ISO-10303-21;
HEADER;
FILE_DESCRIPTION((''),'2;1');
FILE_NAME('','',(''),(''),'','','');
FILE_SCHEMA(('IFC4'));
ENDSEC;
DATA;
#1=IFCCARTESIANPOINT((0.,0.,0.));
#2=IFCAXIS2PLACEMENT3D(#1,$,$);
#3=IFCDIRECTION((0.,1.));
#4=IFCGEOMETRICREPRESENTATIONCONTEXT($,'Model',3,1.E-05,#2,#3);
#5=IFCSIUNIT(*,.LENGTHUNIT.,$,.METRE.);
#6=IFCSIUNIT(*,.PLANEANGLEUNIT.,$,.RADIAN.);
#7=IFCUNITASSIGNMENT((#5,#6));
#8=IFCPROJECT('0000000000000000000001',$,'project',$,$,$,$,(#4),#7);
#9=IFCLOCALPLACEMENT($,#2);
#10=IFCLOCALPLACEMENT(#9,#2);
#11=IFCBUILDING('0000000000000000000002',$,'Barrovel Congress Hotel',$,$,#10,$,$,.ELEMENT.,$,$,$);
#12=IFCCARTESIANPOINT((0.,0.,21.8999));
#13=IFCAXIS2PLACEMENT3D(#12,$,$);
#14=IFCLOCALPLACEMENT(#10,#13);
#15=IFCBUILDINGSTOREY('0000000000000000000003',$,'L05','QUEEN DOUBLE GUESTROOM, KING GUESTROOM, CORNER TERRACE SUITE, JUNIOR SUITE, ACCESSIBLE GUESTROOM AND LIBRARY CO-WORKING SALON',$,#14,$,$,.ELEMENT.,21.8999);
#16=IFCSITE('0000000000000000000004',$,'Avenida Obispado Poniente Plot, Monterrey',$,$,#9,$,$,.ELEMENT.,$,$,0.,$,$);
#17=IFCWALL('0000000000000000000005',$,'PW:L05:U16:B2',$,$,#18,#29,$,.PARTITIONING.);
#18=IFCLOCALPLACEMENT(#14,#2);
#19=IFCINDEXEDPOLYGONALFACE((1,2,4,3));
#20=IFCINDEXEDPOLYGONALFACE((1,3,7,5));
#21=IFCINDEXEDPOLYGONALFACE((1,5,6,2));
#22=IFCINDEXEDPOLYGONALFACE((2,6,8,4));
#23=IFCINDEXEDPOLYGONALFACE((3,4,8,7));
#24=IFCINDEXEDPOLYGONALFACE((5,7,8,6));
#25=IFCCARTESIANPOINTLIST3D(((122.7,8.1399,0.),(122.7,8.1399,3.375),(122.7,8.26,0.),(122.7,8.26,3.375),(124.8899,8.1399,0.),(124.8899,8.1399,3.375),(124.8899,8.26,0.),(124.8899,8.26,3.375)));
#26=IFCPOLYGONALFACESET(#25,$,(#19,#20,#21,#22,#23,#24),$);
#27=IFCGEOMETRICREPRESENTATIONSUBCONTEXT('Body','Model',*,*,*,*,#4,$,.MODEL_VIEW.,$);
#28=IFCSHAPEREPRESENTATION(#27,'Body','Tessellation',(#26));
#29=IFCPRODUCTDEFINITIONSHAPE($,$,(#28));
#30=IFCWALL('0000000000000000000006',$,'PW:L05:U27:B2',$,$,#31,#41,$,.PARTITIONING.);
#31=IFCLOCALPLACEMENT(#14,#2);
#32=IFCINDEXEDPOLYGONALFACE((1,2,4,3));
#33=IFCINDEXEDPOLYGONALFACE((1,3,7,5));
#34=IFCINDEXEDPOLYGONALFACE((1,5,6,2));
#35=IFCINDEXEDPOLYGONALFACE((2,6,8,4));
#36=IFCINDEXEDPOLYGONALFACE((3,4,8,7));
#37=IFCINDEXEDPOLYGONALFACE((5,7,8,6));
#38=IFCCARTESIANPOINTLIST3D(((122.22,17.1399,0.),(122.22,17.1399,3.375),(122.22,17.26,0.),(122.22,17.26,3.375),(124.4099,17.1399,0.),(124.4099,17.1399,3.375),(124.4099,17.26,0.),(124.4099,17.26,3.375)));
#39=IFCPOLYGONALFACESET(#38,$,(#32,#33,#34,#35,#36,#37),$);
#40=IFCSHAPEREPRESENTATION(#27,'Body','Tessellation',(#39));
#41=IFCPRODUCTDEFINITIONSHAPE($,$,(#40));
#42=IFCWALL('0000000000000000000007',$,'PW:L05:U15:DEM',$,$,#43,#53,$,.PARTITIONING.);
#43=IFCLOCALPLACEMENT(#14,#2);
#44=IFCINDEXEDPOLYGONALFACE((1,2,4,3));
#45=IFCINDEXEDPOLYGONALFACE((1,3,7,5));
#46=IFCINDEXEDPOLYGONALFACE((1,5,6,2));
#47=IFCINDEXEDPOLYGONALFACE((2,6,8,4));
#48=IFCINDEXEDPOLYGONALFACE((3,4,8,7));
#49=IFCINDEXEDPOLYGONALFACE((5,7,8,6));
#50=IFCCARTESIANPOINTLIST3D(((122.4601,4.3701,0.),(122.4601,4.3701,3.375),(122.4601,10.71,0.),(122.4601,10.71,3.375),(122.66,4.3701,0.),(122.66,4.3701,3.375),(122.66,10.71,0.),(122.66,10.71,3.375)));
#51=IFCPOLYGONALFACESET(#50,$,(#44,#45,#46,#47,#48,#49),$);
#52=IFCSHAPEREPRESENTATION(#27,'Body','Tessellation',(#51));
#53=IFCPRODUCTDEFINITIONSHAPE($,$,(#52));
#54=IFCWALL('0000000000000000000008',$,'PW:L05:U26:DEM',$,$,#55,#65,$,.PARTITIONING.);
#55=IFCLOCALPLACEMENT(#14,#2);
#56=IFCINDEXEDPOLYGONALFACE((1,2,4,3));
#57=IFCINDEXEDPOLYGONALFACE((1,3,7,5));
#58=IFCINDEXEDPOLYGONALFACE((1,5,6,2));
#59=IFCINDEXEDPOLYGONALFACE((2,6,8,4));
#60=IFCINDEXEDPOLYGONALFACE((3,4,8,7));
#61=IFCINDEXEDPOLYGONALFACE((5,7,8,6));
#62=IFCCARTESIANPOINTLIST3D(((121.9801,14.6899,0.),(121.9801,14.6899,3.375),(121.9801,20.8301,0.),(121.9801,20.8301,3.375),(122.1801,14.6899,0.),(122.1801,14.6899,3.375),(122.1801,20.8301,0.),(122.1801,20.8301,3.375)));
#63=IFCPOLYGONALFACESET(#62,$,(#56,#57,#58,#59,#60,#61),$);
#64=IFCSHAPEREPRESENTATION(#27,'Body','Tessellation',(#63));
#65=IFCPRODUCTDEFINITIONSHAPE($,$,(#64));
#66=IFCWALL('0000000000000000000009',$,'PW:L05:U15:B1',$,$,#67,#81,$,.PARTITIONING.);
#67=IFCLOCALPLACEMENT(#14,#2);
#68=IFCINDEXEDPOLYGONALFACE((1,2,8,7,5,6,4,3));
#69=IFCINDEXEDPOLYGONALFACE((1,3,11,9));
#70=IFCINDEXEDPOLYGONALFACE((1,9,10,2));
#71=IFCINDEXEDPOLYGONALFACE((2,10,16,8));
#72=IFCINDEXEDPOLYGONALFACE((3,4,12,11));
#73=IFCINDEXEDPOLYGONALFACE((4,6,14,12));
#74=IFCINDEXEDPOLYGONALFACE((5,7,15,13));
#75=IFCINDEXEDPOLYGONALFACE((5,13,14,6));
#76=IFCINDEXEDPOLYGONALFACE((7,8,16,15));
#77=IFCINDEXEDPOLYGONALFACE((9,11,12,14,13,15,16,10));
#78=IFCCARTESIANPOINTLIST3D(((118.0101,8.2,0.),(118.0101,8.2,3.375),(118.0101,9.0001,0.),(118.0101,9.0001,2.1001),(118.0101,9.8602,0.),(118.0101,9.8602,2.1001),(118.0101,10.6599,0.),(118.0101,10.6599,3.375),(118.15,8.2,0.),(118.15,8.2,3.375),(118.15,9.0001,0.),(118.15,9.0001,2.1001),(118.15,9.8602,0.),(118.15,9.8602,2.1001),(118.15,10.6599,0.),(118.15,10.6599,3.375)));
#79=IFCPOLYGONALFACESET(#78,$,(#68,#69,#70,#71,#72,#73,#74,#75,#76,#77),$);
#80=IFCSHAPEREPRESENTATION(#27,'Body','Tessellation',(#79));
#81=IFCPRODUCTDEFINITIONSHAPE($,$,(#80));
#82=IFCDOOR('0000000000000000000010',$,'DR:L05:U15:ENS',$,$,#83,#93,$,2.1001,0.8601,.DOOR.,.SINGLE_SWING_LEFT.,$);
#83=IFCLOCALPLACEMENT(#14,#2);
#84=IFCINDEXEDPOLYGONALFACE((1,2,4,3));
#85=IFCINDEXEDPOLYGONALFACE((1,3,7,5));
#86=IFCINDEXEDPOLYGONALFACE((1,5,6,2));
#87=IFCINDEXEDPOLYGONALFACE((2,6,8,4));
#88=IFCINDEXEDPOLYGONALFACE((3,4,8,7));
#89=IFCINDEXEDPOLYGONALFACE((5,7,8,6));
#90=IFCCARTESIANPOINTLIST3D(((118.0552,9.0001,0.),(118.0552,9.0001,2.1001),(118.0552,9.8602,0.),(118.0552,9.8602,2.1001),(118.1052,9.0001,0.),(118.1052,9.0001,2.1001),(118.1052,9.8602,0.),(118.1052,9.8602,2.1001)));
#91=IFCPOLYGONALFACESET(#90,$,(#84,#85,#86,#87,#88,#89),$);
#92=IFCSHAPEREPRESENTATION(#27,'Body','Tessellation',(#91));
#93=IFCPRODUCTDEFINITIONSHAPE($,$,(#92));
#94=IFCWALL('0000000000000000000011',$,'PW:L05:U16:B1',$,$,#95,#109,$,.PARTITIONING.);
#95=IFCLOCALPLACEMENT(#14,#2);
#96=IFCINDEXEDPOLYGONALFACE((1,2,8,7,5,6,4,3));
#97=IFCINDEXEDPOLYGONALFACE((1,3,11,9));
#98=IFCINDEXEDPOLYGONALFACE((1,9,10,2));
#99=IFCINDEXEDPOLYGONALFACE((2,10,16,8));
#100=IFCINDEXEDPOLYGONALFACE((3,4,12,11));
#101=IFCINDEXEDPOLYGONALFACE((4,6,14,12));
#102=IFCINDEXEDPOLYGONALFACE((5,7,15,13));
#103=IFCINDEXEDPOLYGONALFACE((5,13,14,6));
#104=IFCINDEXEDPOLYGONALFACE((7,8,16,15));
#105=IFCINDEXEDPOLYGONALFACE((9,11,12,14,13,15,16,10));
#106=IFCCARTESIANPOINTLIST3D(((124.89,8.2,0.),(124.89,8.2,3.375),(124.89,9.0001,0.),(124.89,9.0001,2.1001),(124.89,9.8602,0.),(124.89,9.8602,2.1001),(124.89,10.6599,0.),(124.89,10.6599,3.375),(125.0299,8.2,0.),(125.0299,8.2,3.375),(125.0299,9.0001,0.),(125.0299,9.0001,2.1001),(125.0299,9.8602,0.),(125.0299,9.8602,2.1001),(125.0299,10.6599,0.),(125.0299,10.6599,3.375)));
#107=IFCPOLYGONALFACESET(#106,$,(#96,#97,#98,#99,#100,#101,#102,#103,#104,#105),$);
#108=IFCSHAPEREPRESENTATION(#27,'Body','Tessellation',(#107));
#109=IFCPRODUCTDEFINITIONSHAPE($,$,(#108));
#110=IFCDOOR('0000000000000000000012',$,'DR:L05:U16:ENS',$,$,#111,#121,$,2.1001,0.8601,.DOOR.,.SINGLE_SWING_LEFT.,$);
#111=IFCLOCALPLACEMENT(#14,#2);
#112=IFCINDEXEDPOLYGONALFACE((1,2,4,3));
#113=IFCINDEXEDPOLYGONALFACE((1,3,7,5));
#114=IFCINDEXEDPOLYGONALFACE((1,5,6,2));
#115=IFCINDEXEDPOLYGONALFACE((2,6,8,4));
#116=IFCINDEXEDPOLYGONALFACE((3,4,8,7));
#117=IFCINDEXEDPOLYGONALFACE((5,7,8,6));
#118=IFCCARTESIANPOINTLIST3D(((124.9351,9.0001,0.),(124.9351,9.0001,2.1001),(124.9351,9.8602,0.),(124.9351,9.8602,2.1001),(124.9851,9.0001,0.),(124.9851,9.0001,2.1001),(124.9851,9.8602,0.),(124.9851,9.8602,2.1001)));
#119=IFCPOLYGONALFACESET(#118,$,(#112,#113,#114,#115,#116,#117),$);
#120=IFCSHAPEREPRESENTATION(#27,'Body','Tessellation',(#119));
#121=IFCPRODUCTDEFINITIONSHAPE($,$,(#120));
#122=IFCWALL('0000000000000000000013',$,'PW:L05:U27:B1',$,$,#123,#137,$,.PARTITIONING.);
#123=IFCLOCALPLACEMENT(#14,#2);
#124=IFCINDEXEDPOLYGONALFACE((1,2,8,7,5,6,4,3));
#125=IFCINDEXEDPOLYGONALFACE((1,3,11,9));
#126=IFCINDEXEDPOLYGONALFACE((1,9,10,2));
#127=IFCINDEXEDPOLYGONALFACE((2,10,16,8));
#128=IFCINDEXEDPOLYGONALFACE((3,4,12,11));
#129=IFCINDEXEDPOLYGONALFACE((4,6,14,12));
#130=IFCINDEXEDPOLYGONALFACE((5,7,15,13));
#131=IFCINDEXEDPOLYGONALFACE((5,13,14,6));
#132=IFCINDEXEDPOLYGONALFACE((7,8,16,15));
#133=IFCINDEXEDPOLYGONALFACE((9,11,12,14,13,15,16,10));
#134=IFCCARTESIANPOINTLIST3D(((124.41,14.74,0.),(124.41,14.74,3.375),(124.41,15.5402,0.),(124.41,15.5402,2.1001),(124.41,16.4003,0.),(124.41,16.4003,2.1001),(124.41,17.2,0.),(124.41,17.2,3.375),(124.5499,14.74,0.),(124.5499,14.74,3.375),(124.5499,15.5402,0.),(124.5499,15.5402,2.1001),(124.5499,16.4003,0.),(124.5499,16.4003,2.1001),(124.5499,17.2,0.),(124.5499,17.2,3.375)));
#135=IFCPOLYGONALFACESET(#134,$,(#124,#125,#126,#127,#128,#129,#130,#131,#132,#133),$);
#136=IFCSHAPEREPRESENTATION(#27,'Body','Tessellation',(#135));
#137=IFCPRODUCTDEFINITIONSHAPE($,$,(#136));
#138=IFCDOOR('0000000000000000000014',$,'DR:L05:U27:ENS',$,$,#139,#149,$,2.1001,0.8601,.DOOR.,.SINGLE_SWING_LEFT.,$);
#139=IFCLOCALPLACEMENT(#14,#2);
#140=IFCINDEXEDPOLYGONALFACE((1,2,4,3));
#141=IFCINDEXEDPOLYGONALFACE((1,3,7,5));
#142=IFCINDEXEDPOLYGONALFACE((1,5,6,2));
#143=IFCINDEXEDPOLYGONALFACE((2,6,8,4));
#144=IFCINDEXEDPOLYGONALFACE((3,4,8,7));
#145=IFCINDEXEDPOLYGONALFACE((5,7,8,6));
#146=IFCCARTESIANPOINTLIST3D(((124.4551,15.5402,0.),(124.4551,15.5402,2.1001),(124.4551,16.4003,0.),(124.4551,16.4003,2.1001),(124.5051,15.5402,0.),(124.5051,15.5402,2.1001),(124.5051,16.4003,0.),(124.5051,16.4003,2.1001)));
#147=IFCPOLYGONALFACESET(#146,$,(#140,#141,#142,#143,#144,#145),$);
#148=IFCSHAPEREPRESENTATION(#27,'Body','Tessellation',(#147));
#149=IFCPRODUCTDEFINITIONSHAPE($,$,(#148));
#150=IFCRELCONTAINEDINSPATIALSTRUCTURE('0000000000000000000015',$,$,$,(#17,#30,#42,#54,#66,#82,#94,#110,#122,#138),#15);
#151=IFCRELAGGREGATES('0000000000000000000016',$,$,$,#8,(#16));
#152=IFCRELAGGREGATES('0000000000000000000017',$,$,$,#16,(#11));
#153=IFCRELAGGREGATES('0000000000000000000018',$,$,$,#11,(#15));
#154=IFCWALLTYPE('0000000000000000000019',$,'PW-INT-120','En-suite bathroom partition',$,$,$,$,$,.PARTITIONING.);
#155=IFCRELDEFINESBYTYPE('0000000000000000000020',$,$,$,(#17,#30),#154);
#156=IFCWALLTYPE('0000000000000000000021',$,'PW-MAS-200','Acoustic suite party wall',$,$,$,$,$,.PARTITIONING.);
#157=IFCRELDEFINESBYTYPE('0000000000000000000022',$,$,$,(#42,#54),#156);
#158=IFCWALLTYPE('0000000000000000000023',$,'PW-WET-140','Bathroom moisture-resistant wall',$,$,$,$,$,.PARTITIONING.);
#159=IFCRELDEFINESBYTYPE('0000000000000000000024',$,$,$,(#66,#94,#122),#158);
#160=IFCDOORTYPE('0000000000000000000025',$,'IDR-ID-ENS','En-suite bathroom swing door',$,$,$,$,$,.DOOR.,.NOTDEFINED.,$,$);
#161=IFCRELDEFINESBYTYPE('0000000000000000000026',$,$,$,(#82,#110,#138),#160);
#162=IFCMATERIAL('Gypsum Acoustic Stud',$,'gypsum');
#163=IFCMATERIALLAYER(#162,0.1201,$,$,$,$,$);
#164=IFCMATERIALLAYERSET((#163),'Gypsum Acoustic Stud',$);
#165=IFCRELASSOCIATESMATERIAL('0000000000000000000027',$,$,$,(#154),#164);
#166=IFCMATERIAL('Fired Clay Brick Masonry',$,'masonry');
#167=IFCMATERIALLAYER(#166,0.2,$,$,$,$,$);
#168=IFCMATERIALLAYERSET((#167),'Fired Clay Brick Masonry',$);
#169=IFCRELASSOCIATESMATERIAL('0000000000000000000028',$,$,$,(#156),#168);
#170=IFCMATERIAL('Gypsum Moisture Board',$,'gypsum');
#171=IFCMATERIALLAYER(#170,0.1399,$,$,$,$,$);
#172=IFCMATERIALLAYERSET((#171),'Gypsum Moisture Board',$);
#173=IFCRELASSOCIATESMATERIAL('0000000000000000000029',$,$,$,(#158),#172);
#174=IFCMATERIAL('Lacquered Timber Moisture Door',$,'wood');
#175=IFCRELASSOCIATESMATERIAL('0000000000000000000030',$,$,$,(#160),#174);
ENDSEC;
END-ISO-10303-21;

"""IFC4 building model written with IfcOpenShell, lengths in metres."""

from ifc_helpers import new_model, si_unit, direction, frame, frame_2d, origin, place, context, subcontext, project, spatial, rectangle, extrude, material, layer, layer_set, type_object, element, fill, save


model = new_model("IFC4")

# Units and contexts
model_context = context("Model", 3, precision=1e-05, world=origin(), true_north=direction((0.0, 1.0)))
body_context = subcontext(model_context, "Body", "Model", "MODEL_VIEW")
ifc_project = project(units=[si_unit("LENGTHUNIT", "METRE"), si_unit("PLANEANGLEUNIT", "RADIAN")], contexts=[model_context])

# Site, building, storey
site_placement = place(None, origin())
site = spatial("IfcSite", under=ifc_project, at=site_placement, Name="Avenida Obispado Poniente Plot, Monterrey", CompositionType="ELEMENT", RefElevation=0.0)
building_placement = place(site_placement, origin())
building = spatial("IfcBuilding", under=site, at=building_placement, Name="Barrovel Congress Hotel", CompositionType="ELEMENT")
storey_placement = place(building_placement, frame((0.0, 0.0, 21.8999)))
storey = spatial("IfcBuildingStorey", under=building, at=storey_placement, Name="L05", Description="QUEEN DOUBLE GUESTROOM, KING GUESTROOM, CORNER TERRACE SUITE, JUNIOR SUITE, ACCESSIBLE GUESTROOM AND LIBRARY CO-WORKING SALON", CompositionType="ELEMENT", Elevation=21.8999)

# Shared definitions
ifc_material_1 = material(Name="Fired Clay Brick Masonry", Category="masonry")

# Shared definitions
ifc_material_2 = material(Name="Gypsum Acoustic Stud", Category="gypsum")

# Walls
ifc_layer_1 = layer(ifc_material_2, 0.1201)
ifc_layer_set_1 = layer_set([ifc_layer_1], Name="Gypsum Acoustic Stud")
wall_type_1 = type_object("IfcWallType", Name="PW-INT-120", Description="En-suite bathroom partition", PredefinedType="PARTITIONING", material=ifc_layer_set_1)
for number, where, z_axis, x_axis, name in (
    (1, (122.7, 8.2, 0.0), (0.0, 0.0, 1.0), (1.0, 0.0, 0.0), "PW:L05:U16:B2"),
    (2, (122.22, 17.2, 0.0), (0.0, 0.0, 1.0), (1.0, 0.0, 0.0), "PW:L05:U27:B2"),
):
    element("IfcWall", number, at=place(storey_placement, frame(where, z_axis=z_axis, x_axis=x_axis)), inside=storey, type_object=wall_type_1, Name=name, PredefinedType="PARTITIONING", context=body_context, shape_type="SweptSolid", body=[
        extrude(rectangle(XDim=2.1899, YDim=0.1201, at=frame_2d((1.095, 0.0))), origin(), (0.0, 0.0, 1.0), 3.375),
    ])
ifc_layer_2 = layer(ifc_material_1, 0.2)
ifc_layer_set_2 = layer_set([ifc_layer_2], Name="Fired Clay Brick Masonry")
wall_type_2 = type_object("IfcWallType", Name="PW-MAS-200", Description="Acoustic suite party wall", PredefinedType="PARTITIONING", material=ifc_layer_set_2)
wall_1_placement = place(storey_placement, frame((122.5601, 4.3701, 0.0), z_axis=(0.0, 0.0, 1.0), x_axis=(0.0, 1.0, 0.0)))
element("IfcWall", 3, at=wall_1_placement, inside=storey, type_object=wall_type_2, Name="PW:L05:U15:DEM", PredefinedType="PARTITIONING", context=body_context, shape_type="SweptSolid", body=[
    extrude(rectangle(XDim=6.3398, YDim=0.2, at=frame_2d((3.1699, 0.0))), origin(), (0.0, 0.0, 1.0), 3.375),
])
wall_2_placement = place(storey_placement, frame((122.0801, 14.6899, 0.0), z_axis=(0.0, 0.0, 1.0), x_axis=(0.0, 1.0, 0.0)))
element("IfcWall", 4, at=wall_2_placement, inside=storey, type_object=wall_type_2, Name="PW:L05:U26:DEM", PredefinedType="PARTITIONING", context=body_context, shape_type="SweptSolid", body=[
    extrude(rectangle(XDim=6.1401, YDim=0.2, at=frame_2d((3.0701, 0.0))), origin(), (0.0, 0.0, 1.0), 3.375),
])

# Walls, openings, doors
ifc_material_3 = material(Name="Gypsum Moisture Board", Category="gypsum")
ifc_layer_3 = layer(ifc_material_3, 0.1399)
ifc_layer_set_3 = layer_set([ifc_layer_3], Name="Gypsum Moisture Board")
wall_type_3 = type_object("IfcWallType", Name="PW-WET-140", Description="Bathroom moisture-resistant wall", PredefinedType="PARTITIONING", material=ifc_layer_set_3)
wall_3_placement = place(storey_placement, frame((118.0801, 8.2, 0.0), z_axis=(0.0, 0.0, 1.0), x_axis=(0.0, 1.0, 0.0)))
wall_3 = element("IfcWall", 5, at=wall_3_placement, inside=storey, type_object=wall_type_3, Name="PW:L05:U15:B1", PredefinedType="PARTITIONING", context=body_context, shape_type="SweptSolid", body=[
    extrude(rectangle(XDim=2.46, YDim=0.1399, at=frame_2d((1.23, 0.0))), origin(), (0.0, 0.0, 1.0), 3.375),
])
opening_1_placement = place(wall_3_placement, frame((0.8, 0.0, 0.0)))
opening_1 = element("IfcOpeningElement", 6, at=opening_1_placement, cuts=wall_3, PredefinedType="OPENING", context=body_context, shape_type="SweptSolid", body=[
    extrude(rectangle(XDim=0.8601, YDim=2.1001, at=frame_2d((0.4302, 1.05))), frame((0.0, 0.0801, 0.0), z_axis=(0.0, -1.0, 0.0), x_axis=(1.0, 0.0, 0.0)), (0.0, 0.0, 1.0), 0.1599),
])
ifc_material_4 = material(Name="Lacquered Timber Moisture Door", Category="wood")
door_type_1 = type_object("IfcDoorType", Name="IDR-ID-ENS", Description="En-suite bathroom swing door", OperationType="NOTDEFINED", PredefinedType="DOOR", material=ifc_material_4)
door_1_placement = place(opening_1_placement, origin())
door_1 = element("IfcDoor", 7, at=door_1_placement, inside=storey, type_object=door_type_1, Name="DR:L05:U15:ENS", OperationType="SINGLE_SWING_LEFT", OverallHeight=2.1001, OverallWidth=0.8601, PredefinedType="DOOR", context=body_context, shape_type="SweptSolid", body=[
    extrude(rectangle(XDim=0.8601, YDim=2.1001, at=frame_2d((0.4302, 1.05))), frame((0.0, 0.0249, 0.0), z_axis=(0.0, -1.0, 0.0), x_axis=(1.0, 0.0, 0.0)), (0.0, 0.0, 1.0), 0.05),
])
fill(opening_1, door_1)
wall_4_placement = place(storey_placement, frame((124.96, 8.2, 0.0), z_axis=(0.0, 0.0, 1.0), x_axis=(0.0, 1.0, 0.0)))
wall_4 = element("IfcWall", 8, at=wall_4_placement, inside=storey, type_object=wall_type_3, Name="PW:L05:U16:B1", PredefinedType="PARTITIONING", context=body_context, shape_type="SweptSolid", body=[
    extrude(rectangle(XDim=2.46, YDim=0.1399, at=frame_2d((1.23, 0.0))), origin(), (0.0, 0.0, 1.0), 3.375),
])
opening_2_placement = place(wall_4_placement, frame((0.8, 0.0, 0.0)))
opening_2 = element("IfcOpeningElement", 9, at=opening_2_placement, cuts=wall_4, PredefinedType="OPENING", context=body_context, shape_type="SweptSolid", body=[
    extrude(rectangle(XDim=0.8601, YDim=2.1001, at=frame_2d((0.4302, 1.05))), frame((0.0, 0.0801, 0.0), z_axis=(0.0, -1.0, 0.0), x_axis=(1.0, 0.0, 0.0)), (0.0, 0.0, 1.0), 0.1599),
])
door_2_placement = place(opening_2_placement, origin())
door_2 = element("IfcDoor", 10, at=door_2_placement, inside=storey, type_object=door_type_1, Name="DR:L05:U16:ENS", OperationType="SINGLE_SWING_LEFT", OverallHeight=2.1001, OverallWidth=0.8601, PredefinedType="DOOR", context=body_context, shape_type="SweptSolid", body=[
    extrude(rectangle(XDim=0.8601, YDim=2.1001, at=frame_2d((0.4302, 1.05))), frame((0.0, 0.0249, 0.0), z_axis=(0.0, -1.0, 0.0), x_axis=(1.0, 0.0, 0.0)), (0.0, 0.0, 1.0), 0.05),
])
fill(opening_2, door_2)
wall_5_placement = place(storey_placement, frame((124.48, 14.74, 0.0), z_axis=(0.0, 0.0, 1.0), x_axis=(0.0, 1.0, 0.0)))
wall_5 = element("IfcWall", 11, at=wall_5_placement, inside=storey, type_object=wall_type_3, Name="PW:L05:U27:B1", PredefinedType="PARTITIONING", context=body_context, shape_type="SweptSolid", body=[
    extrude(rectangle(XDim=2.46, YDim=0.1399, at=frame_2d((1.23, 0.0))), origin(), (0.0, 0.0, 1.0), 3.375),
])
opening_3_placement = place(wall_5_placement, frame((0.8, 0.0, 0.0)))
opening_3 = element("IfcOpeningElement", 12, at=opening_3_placement, cuts=wall_5, PredefinedType="OPENING", context=body_context, shape_type="SweptSolid", body=[
    extrude(rectangle(XDim=0.8601, YDim=2.1001, at=frame_2d((0.4302, 1.05))), frame((0.0, 0.0801, 0.0), z_axis=(0.0, -1.0, 0.0), x_axis=(1.0, 0.0, 0.0)), (0.0, 0.0, 1.0), 0.1599),
])
door_3_placement = place(opening_3_placement, origin())
door_3 = element("IfcDoor", 13, at=door_3_placement, inside=storey, type_object=door_type_1, Name="DR:L05:U27:ENS", OperationType="SINGLE_SWING_LEFT", OverallHeight=2.1001, OverallWidth=0.8601, PredefinedType="DOOR", context=body_context, shape_type="SweptSolid", body=[
    extrude(rectangle(XDim=0.8601, YDim=2.1001, at=frame_2d((0.4302, 1.05))), frame((0.0, 0.0249, 0.0), z_axis=(0.0, -1.0, 0.0), x_axis=(1.0, 0.0, 0.0)), (0.0, 0.0, 1.0), 0.05),
])
fill(opening_3, door_3)

save(model, "model.ifc")
